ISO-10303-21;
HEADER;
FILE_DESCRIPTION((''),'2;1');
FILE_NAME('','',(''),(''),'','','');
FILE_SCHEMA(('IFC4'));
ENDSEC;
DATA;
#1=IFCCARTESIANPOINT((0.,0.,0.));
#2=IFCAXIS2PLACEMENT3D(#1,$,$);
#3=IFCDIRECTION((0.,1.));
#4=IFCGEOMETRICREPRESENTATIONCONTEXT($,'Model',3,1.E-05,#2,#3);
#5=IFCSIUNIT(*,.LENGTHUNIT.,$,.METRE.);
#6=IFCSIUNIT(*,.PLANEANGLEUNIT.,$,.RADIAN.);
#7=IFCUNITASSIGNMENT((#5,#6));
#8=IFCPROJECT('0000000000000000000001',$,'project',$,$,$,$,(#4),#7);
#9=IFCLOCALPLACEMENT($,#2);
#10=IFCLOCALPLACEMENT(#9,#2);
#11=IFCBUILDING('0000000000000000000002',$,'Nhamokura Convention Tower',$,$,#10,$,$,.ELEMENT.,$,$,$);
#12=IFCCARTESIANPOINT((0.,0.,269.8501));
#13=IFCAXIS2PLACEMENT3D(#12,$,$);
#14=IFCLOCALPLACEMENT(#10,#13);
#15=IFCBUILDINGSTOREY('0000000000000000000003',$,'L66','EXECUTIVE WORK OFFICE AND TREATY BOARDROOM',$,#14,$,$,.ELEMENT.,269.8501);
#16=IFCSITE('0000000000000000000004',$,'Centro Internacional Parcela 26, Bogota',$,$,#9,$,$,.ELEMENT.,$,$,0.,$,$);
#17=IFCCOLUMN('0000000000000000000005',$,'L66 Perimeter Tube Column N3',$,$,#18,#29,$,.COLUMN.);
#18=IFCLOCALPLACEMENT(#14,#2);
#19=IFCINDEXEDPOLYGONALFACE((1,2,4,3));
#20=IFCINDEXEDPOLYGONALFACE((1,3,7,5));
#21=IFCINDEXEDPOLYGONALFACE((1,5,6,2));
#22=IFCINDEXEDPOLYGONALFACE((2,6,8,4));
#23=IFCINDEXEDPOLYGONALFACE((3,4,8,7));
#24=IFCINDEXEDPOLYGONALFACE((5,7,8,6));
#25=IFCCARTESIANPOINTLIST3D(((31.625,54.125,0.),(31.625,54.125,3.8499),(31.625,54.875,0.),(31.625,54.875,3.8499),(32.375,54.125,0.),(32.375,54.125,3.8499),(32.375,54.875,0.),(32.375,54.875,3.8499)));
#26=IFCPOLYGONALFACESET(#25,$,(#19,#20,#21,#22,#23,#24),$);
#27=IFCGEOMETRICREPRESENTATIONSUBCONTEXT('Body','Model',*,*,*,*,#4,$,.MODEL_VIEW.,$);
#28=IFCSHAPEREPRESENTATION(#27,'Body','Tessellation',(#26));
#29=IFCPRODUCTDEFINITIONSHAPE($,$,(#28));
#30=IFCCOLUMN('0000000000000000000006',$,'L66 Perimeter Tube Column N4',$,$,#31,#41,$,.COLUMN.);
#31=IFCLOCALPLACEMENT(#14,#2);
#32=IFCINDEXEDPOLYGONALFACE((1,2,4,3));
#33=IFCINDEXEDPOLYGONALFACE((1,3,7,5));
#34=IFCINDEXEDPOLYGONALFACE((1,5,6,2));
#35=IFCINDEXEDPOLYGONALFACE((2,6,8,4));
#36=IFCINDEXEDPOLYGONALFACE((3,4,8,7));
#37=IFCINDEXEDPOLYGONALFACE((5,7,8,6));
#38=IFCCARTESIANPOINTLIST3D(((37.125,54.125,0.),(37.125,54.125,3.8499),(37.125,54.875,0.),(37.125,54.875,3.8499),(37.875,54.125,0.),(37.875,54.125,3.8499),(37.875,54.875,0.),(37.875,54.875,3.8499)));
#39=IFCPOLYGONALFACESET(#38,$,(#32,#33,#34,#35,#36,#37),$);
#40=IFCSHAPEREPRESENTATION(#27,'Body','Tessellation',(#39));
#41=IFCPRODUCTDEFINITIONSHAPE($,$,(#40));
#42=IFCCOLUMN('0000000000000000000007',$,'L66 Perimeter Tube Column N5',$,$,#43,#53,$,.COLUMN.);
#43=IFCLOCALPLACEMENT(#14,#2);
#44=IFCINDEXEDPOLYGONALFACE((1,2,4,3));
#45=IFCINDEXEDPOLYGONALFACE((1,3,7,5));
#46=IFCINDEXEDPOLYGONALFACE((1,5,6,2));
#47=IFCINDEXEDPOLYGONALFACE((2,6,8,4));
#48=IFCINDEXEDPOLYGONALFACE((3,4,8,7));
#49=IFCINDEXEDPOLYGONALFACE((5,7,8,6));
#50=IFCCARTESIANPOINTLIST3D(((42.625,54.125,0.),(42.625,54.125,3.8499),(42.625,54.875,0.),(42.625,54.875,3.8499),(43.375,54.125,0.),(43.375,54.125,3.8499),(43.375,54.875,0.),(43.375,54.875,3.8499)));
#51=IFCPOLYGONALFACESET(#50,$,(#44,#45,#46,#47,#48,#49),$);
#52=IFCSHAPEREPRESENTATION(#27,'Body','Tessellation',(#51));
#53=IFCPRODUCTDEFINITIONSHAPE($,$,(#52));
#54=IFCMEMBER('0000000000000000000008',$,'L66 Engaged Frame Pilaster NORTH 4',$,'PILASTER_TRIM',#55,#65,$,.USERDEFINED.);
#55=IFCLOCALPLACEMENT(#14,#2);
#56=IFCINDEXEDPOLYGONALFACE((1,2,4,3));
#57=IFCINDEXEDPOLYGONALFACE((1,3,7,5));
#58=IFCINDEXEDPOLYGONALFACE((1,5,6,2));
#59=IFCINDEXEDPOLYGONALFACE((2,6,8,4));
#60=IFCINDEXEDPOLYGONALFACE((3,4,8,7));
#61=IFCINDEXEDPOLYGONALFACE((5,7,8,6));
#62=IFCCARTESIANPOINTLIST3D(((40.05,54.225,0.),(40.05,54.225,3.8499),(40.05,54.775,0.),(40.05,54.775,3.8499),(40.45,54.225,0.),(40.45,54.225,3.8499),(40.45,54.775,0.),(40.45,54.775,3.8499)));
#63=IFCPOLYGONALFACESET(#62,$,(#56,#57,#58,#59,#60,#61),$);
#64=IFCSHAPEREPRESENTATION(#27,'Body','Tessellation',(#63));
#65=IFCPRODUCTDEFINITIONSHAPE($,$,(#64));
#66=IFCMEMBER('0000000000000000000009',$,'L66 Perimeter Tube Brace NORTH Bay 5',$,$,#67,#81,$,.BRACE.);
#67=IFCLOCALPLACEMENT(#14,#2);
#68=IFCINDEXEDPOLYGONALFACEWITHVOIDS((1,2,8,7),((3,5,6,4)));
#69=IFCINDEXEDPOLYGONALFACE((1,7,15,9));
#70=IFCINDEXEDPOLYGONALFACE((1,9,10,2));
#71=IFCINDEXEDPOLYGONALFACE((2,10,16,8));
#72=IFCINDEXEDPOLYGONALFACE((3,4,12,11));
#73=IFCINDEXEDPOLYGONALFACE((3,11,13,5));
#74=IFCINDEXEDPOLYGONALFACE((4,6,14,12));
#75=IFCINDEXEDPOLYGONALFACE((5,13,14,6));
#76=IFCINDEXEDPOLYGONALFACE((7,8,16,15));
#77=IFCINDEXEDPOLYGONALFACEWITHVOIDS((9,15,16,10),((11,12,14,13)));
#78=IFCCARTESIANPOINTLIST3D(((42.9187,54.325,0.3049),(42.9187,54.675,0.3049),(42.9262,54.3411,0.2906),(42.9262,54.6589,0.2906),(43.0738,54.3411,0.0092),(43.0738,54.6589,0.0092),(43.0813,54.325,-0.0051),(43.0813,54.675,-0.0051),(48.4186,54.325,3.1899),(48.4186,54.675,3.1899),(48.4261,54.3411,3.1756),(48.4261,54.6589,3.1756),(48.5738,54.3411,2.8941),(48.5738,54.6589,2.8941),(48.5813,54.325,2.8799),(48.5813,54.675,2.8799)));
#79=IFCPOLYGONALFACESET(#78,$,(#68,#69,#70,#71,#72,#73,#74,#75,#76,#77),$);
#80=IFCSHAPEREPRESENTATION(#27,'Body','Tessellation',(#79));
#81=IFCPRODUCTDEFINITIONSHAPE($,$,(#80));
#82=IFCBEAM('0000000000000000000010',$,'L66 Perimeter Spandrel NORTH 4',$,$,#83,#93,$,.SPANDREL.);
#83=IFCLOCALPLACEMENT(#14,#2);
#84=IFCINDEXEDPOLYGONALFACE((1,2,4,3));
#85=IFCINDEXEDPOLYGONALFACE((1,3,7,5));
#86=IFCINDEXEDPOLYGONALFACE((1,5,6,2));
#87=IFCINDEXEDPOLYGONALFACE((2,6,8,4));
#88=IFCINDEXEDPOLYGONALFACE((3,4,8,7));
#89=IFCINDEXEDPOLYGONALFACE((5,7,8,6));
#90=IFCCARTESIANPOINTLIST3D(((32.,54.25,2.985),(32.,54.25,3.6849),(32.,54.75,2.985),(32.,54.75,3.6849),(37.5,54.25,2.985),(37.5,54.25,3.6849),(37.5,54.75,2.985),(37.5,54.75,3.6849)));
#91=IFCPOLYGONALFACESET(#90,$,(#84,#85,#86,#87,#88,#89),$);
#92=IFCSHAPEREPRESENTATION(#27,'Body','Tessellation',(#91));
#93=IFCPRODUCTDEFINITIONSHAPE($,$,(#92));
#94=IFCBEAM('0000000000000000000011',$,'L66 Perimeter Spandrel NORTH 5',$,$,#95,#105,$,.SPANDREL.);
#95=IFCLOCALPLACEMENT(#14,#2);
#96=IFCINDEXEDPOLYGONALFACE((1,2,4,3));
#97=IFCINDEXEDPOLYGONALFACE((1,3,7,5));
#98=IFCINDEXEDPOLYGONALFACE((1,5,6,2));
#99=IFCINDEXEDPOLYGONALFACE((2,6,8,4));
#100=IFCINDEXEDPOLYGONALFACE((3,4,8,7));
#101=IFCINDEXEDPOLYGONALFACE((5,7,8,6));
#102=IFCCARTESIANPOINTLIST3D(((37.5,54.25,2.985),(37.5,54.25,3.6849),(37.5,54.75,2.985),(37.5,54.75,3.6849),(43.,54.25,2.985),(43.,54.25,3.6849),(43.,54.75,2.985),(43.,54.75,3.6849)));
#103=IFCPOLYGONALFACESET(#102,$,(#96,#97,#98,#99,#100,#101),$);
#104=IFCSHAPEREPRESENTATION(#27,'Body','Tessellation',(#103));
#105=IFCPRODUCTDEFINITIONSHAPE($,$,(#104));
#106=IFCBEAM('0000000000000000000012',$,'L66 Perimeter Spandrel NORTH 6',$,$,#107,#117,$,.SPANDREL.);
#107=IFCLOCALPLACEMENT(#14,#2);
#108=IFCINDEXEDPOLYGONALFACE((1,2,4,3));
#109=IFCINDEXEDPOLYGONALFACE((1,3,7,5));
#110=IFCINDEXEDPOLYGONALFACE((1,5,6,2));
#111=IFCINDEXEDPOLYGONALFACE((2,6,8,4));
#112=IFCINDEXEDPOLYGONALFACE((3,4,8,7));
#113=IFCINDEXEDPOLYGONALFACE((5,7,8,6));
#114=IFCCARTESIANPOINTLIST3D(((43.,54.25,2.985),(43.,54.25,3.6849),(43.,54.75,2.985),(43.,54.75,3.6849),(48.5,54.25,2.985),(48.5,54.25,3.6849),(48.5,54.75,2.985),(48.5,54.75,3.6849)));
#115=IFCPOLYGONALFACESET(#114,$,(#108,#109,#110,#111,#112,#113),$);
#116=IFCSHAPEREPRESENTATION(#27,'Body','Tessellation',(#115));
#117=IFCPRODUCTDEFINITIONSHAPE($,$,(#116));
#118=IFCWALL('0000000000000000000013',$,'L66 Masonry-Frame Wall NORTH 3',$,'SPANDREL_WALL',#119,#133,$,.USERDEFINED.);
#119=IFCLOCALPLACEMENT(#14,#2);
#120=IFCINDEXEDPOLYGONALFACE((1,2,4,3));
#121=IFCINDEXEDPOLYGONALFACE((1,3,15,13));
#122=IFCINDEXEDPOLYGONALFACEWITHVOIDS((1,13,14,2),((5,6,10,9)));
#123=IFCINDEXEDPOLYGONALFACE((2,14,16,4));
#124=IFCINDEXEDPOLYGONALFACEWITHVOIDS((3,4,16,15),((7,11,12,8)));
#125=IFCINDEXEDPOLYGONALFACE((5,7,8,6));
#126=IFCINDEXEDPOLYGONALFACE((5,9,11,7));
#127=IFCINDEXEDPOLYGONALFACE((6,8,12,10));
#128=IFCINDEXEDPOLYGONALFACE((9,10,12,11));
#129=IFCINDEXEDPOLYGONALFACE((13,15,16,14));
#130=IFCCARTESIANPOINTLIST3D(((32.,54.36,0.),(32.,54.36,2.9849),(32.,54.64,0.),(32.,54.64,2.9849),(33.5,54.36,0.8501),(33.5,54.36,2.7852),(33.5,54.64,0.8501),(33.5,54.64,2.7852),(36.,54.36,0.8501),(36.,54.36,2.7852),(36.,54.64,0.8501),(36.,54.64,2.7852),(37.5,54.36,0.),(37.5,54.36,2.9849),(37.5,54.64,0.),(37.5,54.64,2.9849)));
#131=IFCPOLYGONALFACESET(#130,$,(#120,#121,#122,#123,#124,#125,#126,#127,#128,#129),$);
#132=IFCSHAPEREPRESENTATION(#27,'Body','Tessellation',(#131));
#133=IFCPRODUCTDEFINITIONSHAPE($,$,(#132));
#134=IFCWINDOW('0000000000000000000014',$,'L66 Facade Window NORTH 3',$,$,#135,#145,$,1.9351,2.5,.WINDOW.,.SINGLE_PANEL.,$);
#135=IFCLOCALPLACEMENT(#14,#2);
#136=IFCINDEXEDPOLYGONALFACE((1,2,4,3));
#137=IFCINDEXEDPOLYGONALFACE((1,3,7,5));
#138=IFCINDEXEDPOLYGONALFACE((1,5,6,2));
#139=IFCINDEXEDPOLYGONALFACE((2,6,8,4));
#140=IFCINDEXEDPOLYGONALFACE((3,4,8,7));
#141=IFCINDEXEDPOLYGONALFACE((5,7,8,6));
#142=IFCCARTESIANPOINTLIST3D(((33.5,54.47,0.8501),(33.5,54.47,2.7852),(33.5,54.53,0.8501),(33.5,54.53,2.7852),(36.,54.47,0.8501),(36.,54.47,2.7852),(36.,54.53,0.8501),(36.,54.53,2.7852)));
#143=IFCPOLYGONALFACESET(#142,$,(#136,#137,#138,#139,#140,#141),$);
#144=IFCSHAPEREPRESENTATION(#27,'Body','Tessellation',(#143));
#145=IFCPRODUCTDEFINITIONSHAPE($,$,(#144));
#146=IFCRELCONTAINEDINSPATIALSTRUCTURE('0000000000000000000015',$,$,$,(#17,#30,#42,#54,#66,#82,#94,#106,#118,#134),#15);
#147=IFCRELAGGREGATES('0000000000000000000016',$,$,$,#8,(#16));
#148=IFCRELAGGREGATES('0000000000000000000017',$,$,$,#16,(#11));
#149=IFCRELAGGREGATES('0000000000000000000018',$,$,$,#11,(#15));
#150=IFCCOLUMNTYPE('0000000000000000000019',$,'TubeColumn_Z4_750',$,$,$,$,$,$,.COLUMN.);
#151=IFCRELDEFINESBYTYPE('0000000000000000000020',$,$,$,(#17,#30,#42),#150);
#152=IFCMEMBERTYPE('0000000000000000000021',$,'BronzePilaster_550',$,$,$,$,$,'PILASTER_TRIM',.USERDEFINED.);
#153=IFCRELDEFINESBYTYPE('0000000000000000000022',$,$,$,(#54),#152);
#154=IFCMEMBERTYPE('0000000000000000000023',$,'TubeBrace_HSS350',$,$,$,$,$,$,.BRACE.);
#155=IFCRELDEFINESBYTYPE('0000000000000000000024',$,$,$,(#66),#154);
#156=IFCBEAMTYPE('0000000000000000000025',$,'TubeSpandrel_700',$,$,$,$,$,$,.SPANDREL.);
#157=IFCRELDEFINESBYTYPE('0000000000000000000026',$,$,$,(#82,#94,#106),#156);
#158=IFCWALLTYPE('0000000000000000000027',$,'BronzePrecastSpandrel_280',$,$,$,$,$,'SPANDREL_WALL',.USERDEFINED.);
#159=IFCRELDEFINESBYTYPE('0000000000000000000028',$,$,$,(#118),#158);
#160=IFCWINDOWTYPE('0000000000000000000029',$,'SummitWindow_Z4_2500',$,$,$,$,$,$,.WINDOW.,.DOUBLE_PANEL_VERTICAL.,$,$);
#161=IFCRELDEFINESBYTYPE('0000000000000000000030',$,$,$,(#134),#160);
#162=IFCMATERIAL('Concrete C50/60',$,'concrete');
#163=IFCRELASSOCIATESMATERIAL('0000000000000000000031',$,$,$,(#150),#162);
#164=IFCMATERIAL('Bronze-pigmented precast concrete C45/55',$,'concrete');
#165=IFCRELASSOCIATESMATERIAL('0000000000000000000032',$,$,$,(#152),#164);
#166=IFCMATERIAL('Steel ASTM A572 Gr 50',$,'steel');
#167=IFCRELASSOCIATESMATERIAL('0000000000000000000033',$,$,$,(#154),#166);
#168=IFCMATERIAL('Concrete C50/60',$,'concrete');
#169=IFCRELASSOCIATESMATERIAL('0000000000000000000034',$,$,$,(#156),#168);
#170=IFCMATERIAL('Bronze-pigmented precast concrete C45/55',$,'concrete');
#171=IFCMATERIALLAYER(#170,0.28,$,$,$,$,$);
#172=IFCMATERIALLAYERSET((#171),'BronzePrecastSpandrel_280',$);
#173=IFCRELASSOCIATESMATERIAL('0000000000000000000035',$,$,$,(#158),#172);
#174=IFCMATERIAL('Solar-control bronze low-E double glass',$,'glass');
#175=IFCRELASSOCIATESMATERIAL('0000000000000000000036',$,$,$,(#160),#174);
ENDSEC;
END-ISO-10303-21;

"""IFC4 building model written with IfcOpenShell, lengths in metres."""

from ifc_helpers import new_model, si_unit, direction, frame, frame_2d, origin, origin_2d, place, context, subcontext, project, spatial, rectangle, hollow_rectangle, extrude, material, layer, layer_set, material_profile, profile_set, type_object, element, fill, save


model = new_model("IFC4")

# Units and contexts
model_context = context("Model", 3, precision=1e-05, world=origin(), true_north=direction((0.0, 1.0)))
body_context = subcontext(model_context, "Body", "Model", "MODEL_VIEW")
ifc_project = project(units=[si_unit("LENGTHUNIT", "METRE"), si_unit("PLANEANGLEUNIT", "RADIAN")], contexts=[model_context])

# Site, building, storey
site_placement = place(None, origin())
site = spatial("IfcSite", under=ifc_project, at=site_placement, Name="Centro Internacional Parcela 26, Bogota", CompositionType="ELEMENT", RefElevation=0.0)
building_placement = place(site_placement, origin())
building = spatial("IfcBuilding", under=site, at=building_placement, Name="Nhamokura Convention Tower", CompositionType="ELEMENT")
storey_placement = place(building_placement, frame((0.0, 0.0, 269.8501)))
storey = spatial("IfcBuildingStorey", under=building, at=storey_placement, Name="L66", Description="EXECUTIVE WORK OFFICE AND TREATY BOARDROOM", CompositionType="ELEMENT", Elevation=269.8501)

# Columns
ifc_material_1 = material(Name="Concrete C50/60", Category="concrete")
ifc_material_profile_1 = material_profile(ifc_material_1, rectangle(XDim=0.75, YDim=0.75, at=origin_2d()))
ifc_profile_set_1 = profile_set([ifc_material_profile_1], Name="Concrete C50/60")
column_type = type_object("IfcColumnType", Name="TubeColumn_Z4_750", PredefinedType="COLUMN", material=ifc_profile_set_1)
for number, where, z_axis, x_axis, name in (
    (1, (32.0, 54.5, 0.0), (0.0, 0.0, 1.0), (1.0, 0.0, 0.0), "L66 Perimeter Tube Column N3"),
    (2, (37.5, 54.5, 0.0), (0.0, 0.0, 1.0), (1.0, 0.0, 0.0), "L66 Perimeter Tube Column N4"),
    (3, (43.0, 54.5, 0.0), (0.0, 0.0, 1.0), (1.0, 0.0, 0.0), "L66 Perimeter Tube Column N5"),
):
    element("IfcColumn", number, at=place(storey_placement, frame(where, z_axis=z_axis, x_axis=x_axis)), inside=storey, type_object=column_type, Name=name, PredefinedType="COLUMN", context=body_context, shape_type="SweptSolid", body=[
        extrude(rectangle(XDim=0.75, YDim=0.75, at=origin_2d()), origin(), (0.0, 0.0, 1.0), 3.8499),
    ])

# Members
ifc_material_2 = material(Name="Bronze-pigmented precast concrete C45/55", Category="concrete")
ifc_material_profile_2 = material_profile(ifc_material_2, rectangle(XDim=0.3999, YDim=0.55, at=origin_2d()))
ifc_profile_set_2 = profile_set([ifc_material_profile_2], Name="Bronze-pigmented precast concrete C45/55")
member_type_1 = type_object("IfcMemberType", Name="BronzePilaster_550", ElementType="PILASTER_TRIM", PredefinedType="USERDEFINED", material=ifc_profile_set_2)
member_1_placement = place(storey_placement, frame((40.25, 54.5, 0.0), z_axis=(0.0, 0.0, 1.0), x_axis=(1.0, 0.0, 0.0)))
element("IfcMember", 4, at=member_1_placement, inside=storey, type_object=member_type_1, Name="L66 Engaged Frame Pilaster NORTH 4", ObjectType="PILASTER_TRIM", PredefinedType="USERDEFINED", context=body_context, shape_type="SweptSolid", body=[
    extrude(rectangle(XDim=0.3999, YDim=0.55, at=origin_2d()), origin(), (0.0, 0.0, 1.0), 3.8499),
])
ifc_material_3 = material(Name="Steel ASTM A572 Gr 50", Category="steel")
ifc_material_profile_3 = material_profile(ifc_material_3, hollow_rectangle(XDim=0.3501, YDim=0.3501, WallThickness=0.0161, at=origin_2d()))
ifc_profile_set_3 = profile_set([ifc_material_profile_3], Name="Steel ASTM A572 Gr 50")
member_type_2 = type_object("IfcMemberType", Name="TubeBrace_HSS350", PredefinedType="BRACE", material=ifc_profile_set_3)
member_2_placement = place(storey_placement, frame((43.0, 54.5, 0.1499), z_axis=(0.885563, 0.0, 0.46452), x_axis=(0.0, 1.0, 0.0)))
element("IfcMember", 5, at=member_2_placement, inside=storey, type_object=member_type_2, Name="L66 Perimeter Tube Brace NORTH Bay 5", PredefinedType="BRACE", context=body_context, shape_type="SweptSolid", body=[
    extrude(hollow_rectangle(XDim=0.3501, YDim=0.3501, WallThickness=0.0161, at=origin_2d()), origin(), (0.0, 0.0, 1.0), 6.2107),
])

# Beams
ifc_material_4 = material(Name="Concrete C50/60", Category="concrete")
ifc_material_profile_4 = material_profile(ifc_material_4, rectangle(XDim=0.5, YDim=0.7, at=origin_2d()))
ifc_profile_set_4 = profile_set([ifc_material_profile_4], Name="Concrete C50/60")
beam_type = type_object("IfcBeamType", Name="TubeSpandrel_700", PredefinedType="SPANDREL", material=ifc_profile_set_4)
for number, where, z_axis, x_axis, name in (
    (6, (32.0, 54.5, 3.335), (1.0, 0.0, 0.0), (0.0, 1.0, 0.0), "L66 Perimeter Spandrel NORTH 4"),
    (7, (37.5, 54.5, 3.335), (1.0, 0.0, 0.0), (0.0, 1.0, 0.0), "L66 Perimeter Spandrel NORTH 5"),
    (8, (43.0, 54.5, 3.335), (1.0, 0.0, 0.0), (0.0, 1.0, 0.0), "L66 Perimeter Spandrel NORTH 6"),
):
    element("IfcBeam", number, at=place(storey_placement, frame(where, z_axis=z_axis, x_axis=x_axis)), inside=storey, type_object=beam_type, Name=name, PredefinedType="SPANDREL", context=body_context, shape_type="SweptSolid", body=[
        extrude(rectangle(XDim=0.5, YDim=0.7, at=origin_2d()), origin(), (0.0, 0.0, 1.0), 5.5),
    ])

# Wall, opening, window
ifc_material_5 = material(Name="Bronze-pigmented precast concrete C45/55", Category="concrete")
ifc_layer_1 = layer(ifc_material_5, 0.28)
ifc_layer_set_1 = layer_set([ifc_layer_1], Name="BronzePrecastSpandrel_280")
wall_type_1 = type_object("IfcWallType", Name="BronzePrecastSpandrel_280", ElementType="SPANDREL_WALL", PredefinedType="USERDEFINED", material=ifc_layer_set_1)
wall_1_placement = place(storey_placement, frame((32.0, 54.5, 0.0), z_axis=(0.0, 0.0, 1.0), x_axis=(1.0, 0.0, 0.0)))
wall_1 = element("IfcWall", 9, at=wall_1_placement, inside=storey, type_object=wall_type_1, Name="L66 Masonry-Frame Wall NORTH 3", ObjectType="SPANDREL_WALL", PredefinedType="USERDEFINED", context=body_context, shape_type="SweptSolid", body=[
    extrude(rectangle(XDim=5.5, YDim=0.28, at=frame_2d((2.75, 0.0))), origin(), (0.0, 0.0, 1.0), 2.9849),
])
opening_1_placement = place(wall_1_placement, frame((1.5, 0.0, 0.8501)))
opening_1 = element("IfcOpeningElement", 10, at=opening_1_placement, cuts=wall_1, PredefinedType="OPENING", context=body_context, shape_type="SweptSolid", body=[
    extrude(rectangle(XDim=2.5, YDim=1.9351, at=frame_2d((1.25, 0.9675))), frame((0.0, 0.1499, 0.0), z_axis=(0.0, -1.0, 0.0), x_axis=(1.0, 0.0, 0.0)), (0.0, 0.0, 1.0), 0.3),
])
ifc_material_6 = material(Name="Solar-control bronze low-E double glass", Category="glass")
window_type_1 = type_object("IfcWindowType", Name="SummitWindow_Z4_2500", PartitioningType="DOUBLE_PANEL_VERTICAL", PredefinedType="WINDOW", material=ifc_material_6)
window_1_placement = place(opening_1_placement, origin())
window_1 = element("IfcWindow", 11, at=window_1_placement, inside=storey, type_object=window_type_1, Name="L66 Facade Window NORTH 3", OverallHeight=1.9351, OverallWidth=2.5, PartitioningType="SINGLE_PANEL", PredefinedType="WINDOW", context=body_context, shape_type="SweptSolid", body=[
    extrude(rectangle(XDim=2.5, YDim=1.9351, at=frame_2d((1.25, 0.9675))), frame((0.0, 0.03, 0.0), z_axis=(0.0, -1.0, 0.0), x_axis=(1.0, 0.0, 0.0)), (0.0, 0.0, 1.0), 0.0601),
])
fill(opening_1, window_1)

save(model, "model.ifc")
